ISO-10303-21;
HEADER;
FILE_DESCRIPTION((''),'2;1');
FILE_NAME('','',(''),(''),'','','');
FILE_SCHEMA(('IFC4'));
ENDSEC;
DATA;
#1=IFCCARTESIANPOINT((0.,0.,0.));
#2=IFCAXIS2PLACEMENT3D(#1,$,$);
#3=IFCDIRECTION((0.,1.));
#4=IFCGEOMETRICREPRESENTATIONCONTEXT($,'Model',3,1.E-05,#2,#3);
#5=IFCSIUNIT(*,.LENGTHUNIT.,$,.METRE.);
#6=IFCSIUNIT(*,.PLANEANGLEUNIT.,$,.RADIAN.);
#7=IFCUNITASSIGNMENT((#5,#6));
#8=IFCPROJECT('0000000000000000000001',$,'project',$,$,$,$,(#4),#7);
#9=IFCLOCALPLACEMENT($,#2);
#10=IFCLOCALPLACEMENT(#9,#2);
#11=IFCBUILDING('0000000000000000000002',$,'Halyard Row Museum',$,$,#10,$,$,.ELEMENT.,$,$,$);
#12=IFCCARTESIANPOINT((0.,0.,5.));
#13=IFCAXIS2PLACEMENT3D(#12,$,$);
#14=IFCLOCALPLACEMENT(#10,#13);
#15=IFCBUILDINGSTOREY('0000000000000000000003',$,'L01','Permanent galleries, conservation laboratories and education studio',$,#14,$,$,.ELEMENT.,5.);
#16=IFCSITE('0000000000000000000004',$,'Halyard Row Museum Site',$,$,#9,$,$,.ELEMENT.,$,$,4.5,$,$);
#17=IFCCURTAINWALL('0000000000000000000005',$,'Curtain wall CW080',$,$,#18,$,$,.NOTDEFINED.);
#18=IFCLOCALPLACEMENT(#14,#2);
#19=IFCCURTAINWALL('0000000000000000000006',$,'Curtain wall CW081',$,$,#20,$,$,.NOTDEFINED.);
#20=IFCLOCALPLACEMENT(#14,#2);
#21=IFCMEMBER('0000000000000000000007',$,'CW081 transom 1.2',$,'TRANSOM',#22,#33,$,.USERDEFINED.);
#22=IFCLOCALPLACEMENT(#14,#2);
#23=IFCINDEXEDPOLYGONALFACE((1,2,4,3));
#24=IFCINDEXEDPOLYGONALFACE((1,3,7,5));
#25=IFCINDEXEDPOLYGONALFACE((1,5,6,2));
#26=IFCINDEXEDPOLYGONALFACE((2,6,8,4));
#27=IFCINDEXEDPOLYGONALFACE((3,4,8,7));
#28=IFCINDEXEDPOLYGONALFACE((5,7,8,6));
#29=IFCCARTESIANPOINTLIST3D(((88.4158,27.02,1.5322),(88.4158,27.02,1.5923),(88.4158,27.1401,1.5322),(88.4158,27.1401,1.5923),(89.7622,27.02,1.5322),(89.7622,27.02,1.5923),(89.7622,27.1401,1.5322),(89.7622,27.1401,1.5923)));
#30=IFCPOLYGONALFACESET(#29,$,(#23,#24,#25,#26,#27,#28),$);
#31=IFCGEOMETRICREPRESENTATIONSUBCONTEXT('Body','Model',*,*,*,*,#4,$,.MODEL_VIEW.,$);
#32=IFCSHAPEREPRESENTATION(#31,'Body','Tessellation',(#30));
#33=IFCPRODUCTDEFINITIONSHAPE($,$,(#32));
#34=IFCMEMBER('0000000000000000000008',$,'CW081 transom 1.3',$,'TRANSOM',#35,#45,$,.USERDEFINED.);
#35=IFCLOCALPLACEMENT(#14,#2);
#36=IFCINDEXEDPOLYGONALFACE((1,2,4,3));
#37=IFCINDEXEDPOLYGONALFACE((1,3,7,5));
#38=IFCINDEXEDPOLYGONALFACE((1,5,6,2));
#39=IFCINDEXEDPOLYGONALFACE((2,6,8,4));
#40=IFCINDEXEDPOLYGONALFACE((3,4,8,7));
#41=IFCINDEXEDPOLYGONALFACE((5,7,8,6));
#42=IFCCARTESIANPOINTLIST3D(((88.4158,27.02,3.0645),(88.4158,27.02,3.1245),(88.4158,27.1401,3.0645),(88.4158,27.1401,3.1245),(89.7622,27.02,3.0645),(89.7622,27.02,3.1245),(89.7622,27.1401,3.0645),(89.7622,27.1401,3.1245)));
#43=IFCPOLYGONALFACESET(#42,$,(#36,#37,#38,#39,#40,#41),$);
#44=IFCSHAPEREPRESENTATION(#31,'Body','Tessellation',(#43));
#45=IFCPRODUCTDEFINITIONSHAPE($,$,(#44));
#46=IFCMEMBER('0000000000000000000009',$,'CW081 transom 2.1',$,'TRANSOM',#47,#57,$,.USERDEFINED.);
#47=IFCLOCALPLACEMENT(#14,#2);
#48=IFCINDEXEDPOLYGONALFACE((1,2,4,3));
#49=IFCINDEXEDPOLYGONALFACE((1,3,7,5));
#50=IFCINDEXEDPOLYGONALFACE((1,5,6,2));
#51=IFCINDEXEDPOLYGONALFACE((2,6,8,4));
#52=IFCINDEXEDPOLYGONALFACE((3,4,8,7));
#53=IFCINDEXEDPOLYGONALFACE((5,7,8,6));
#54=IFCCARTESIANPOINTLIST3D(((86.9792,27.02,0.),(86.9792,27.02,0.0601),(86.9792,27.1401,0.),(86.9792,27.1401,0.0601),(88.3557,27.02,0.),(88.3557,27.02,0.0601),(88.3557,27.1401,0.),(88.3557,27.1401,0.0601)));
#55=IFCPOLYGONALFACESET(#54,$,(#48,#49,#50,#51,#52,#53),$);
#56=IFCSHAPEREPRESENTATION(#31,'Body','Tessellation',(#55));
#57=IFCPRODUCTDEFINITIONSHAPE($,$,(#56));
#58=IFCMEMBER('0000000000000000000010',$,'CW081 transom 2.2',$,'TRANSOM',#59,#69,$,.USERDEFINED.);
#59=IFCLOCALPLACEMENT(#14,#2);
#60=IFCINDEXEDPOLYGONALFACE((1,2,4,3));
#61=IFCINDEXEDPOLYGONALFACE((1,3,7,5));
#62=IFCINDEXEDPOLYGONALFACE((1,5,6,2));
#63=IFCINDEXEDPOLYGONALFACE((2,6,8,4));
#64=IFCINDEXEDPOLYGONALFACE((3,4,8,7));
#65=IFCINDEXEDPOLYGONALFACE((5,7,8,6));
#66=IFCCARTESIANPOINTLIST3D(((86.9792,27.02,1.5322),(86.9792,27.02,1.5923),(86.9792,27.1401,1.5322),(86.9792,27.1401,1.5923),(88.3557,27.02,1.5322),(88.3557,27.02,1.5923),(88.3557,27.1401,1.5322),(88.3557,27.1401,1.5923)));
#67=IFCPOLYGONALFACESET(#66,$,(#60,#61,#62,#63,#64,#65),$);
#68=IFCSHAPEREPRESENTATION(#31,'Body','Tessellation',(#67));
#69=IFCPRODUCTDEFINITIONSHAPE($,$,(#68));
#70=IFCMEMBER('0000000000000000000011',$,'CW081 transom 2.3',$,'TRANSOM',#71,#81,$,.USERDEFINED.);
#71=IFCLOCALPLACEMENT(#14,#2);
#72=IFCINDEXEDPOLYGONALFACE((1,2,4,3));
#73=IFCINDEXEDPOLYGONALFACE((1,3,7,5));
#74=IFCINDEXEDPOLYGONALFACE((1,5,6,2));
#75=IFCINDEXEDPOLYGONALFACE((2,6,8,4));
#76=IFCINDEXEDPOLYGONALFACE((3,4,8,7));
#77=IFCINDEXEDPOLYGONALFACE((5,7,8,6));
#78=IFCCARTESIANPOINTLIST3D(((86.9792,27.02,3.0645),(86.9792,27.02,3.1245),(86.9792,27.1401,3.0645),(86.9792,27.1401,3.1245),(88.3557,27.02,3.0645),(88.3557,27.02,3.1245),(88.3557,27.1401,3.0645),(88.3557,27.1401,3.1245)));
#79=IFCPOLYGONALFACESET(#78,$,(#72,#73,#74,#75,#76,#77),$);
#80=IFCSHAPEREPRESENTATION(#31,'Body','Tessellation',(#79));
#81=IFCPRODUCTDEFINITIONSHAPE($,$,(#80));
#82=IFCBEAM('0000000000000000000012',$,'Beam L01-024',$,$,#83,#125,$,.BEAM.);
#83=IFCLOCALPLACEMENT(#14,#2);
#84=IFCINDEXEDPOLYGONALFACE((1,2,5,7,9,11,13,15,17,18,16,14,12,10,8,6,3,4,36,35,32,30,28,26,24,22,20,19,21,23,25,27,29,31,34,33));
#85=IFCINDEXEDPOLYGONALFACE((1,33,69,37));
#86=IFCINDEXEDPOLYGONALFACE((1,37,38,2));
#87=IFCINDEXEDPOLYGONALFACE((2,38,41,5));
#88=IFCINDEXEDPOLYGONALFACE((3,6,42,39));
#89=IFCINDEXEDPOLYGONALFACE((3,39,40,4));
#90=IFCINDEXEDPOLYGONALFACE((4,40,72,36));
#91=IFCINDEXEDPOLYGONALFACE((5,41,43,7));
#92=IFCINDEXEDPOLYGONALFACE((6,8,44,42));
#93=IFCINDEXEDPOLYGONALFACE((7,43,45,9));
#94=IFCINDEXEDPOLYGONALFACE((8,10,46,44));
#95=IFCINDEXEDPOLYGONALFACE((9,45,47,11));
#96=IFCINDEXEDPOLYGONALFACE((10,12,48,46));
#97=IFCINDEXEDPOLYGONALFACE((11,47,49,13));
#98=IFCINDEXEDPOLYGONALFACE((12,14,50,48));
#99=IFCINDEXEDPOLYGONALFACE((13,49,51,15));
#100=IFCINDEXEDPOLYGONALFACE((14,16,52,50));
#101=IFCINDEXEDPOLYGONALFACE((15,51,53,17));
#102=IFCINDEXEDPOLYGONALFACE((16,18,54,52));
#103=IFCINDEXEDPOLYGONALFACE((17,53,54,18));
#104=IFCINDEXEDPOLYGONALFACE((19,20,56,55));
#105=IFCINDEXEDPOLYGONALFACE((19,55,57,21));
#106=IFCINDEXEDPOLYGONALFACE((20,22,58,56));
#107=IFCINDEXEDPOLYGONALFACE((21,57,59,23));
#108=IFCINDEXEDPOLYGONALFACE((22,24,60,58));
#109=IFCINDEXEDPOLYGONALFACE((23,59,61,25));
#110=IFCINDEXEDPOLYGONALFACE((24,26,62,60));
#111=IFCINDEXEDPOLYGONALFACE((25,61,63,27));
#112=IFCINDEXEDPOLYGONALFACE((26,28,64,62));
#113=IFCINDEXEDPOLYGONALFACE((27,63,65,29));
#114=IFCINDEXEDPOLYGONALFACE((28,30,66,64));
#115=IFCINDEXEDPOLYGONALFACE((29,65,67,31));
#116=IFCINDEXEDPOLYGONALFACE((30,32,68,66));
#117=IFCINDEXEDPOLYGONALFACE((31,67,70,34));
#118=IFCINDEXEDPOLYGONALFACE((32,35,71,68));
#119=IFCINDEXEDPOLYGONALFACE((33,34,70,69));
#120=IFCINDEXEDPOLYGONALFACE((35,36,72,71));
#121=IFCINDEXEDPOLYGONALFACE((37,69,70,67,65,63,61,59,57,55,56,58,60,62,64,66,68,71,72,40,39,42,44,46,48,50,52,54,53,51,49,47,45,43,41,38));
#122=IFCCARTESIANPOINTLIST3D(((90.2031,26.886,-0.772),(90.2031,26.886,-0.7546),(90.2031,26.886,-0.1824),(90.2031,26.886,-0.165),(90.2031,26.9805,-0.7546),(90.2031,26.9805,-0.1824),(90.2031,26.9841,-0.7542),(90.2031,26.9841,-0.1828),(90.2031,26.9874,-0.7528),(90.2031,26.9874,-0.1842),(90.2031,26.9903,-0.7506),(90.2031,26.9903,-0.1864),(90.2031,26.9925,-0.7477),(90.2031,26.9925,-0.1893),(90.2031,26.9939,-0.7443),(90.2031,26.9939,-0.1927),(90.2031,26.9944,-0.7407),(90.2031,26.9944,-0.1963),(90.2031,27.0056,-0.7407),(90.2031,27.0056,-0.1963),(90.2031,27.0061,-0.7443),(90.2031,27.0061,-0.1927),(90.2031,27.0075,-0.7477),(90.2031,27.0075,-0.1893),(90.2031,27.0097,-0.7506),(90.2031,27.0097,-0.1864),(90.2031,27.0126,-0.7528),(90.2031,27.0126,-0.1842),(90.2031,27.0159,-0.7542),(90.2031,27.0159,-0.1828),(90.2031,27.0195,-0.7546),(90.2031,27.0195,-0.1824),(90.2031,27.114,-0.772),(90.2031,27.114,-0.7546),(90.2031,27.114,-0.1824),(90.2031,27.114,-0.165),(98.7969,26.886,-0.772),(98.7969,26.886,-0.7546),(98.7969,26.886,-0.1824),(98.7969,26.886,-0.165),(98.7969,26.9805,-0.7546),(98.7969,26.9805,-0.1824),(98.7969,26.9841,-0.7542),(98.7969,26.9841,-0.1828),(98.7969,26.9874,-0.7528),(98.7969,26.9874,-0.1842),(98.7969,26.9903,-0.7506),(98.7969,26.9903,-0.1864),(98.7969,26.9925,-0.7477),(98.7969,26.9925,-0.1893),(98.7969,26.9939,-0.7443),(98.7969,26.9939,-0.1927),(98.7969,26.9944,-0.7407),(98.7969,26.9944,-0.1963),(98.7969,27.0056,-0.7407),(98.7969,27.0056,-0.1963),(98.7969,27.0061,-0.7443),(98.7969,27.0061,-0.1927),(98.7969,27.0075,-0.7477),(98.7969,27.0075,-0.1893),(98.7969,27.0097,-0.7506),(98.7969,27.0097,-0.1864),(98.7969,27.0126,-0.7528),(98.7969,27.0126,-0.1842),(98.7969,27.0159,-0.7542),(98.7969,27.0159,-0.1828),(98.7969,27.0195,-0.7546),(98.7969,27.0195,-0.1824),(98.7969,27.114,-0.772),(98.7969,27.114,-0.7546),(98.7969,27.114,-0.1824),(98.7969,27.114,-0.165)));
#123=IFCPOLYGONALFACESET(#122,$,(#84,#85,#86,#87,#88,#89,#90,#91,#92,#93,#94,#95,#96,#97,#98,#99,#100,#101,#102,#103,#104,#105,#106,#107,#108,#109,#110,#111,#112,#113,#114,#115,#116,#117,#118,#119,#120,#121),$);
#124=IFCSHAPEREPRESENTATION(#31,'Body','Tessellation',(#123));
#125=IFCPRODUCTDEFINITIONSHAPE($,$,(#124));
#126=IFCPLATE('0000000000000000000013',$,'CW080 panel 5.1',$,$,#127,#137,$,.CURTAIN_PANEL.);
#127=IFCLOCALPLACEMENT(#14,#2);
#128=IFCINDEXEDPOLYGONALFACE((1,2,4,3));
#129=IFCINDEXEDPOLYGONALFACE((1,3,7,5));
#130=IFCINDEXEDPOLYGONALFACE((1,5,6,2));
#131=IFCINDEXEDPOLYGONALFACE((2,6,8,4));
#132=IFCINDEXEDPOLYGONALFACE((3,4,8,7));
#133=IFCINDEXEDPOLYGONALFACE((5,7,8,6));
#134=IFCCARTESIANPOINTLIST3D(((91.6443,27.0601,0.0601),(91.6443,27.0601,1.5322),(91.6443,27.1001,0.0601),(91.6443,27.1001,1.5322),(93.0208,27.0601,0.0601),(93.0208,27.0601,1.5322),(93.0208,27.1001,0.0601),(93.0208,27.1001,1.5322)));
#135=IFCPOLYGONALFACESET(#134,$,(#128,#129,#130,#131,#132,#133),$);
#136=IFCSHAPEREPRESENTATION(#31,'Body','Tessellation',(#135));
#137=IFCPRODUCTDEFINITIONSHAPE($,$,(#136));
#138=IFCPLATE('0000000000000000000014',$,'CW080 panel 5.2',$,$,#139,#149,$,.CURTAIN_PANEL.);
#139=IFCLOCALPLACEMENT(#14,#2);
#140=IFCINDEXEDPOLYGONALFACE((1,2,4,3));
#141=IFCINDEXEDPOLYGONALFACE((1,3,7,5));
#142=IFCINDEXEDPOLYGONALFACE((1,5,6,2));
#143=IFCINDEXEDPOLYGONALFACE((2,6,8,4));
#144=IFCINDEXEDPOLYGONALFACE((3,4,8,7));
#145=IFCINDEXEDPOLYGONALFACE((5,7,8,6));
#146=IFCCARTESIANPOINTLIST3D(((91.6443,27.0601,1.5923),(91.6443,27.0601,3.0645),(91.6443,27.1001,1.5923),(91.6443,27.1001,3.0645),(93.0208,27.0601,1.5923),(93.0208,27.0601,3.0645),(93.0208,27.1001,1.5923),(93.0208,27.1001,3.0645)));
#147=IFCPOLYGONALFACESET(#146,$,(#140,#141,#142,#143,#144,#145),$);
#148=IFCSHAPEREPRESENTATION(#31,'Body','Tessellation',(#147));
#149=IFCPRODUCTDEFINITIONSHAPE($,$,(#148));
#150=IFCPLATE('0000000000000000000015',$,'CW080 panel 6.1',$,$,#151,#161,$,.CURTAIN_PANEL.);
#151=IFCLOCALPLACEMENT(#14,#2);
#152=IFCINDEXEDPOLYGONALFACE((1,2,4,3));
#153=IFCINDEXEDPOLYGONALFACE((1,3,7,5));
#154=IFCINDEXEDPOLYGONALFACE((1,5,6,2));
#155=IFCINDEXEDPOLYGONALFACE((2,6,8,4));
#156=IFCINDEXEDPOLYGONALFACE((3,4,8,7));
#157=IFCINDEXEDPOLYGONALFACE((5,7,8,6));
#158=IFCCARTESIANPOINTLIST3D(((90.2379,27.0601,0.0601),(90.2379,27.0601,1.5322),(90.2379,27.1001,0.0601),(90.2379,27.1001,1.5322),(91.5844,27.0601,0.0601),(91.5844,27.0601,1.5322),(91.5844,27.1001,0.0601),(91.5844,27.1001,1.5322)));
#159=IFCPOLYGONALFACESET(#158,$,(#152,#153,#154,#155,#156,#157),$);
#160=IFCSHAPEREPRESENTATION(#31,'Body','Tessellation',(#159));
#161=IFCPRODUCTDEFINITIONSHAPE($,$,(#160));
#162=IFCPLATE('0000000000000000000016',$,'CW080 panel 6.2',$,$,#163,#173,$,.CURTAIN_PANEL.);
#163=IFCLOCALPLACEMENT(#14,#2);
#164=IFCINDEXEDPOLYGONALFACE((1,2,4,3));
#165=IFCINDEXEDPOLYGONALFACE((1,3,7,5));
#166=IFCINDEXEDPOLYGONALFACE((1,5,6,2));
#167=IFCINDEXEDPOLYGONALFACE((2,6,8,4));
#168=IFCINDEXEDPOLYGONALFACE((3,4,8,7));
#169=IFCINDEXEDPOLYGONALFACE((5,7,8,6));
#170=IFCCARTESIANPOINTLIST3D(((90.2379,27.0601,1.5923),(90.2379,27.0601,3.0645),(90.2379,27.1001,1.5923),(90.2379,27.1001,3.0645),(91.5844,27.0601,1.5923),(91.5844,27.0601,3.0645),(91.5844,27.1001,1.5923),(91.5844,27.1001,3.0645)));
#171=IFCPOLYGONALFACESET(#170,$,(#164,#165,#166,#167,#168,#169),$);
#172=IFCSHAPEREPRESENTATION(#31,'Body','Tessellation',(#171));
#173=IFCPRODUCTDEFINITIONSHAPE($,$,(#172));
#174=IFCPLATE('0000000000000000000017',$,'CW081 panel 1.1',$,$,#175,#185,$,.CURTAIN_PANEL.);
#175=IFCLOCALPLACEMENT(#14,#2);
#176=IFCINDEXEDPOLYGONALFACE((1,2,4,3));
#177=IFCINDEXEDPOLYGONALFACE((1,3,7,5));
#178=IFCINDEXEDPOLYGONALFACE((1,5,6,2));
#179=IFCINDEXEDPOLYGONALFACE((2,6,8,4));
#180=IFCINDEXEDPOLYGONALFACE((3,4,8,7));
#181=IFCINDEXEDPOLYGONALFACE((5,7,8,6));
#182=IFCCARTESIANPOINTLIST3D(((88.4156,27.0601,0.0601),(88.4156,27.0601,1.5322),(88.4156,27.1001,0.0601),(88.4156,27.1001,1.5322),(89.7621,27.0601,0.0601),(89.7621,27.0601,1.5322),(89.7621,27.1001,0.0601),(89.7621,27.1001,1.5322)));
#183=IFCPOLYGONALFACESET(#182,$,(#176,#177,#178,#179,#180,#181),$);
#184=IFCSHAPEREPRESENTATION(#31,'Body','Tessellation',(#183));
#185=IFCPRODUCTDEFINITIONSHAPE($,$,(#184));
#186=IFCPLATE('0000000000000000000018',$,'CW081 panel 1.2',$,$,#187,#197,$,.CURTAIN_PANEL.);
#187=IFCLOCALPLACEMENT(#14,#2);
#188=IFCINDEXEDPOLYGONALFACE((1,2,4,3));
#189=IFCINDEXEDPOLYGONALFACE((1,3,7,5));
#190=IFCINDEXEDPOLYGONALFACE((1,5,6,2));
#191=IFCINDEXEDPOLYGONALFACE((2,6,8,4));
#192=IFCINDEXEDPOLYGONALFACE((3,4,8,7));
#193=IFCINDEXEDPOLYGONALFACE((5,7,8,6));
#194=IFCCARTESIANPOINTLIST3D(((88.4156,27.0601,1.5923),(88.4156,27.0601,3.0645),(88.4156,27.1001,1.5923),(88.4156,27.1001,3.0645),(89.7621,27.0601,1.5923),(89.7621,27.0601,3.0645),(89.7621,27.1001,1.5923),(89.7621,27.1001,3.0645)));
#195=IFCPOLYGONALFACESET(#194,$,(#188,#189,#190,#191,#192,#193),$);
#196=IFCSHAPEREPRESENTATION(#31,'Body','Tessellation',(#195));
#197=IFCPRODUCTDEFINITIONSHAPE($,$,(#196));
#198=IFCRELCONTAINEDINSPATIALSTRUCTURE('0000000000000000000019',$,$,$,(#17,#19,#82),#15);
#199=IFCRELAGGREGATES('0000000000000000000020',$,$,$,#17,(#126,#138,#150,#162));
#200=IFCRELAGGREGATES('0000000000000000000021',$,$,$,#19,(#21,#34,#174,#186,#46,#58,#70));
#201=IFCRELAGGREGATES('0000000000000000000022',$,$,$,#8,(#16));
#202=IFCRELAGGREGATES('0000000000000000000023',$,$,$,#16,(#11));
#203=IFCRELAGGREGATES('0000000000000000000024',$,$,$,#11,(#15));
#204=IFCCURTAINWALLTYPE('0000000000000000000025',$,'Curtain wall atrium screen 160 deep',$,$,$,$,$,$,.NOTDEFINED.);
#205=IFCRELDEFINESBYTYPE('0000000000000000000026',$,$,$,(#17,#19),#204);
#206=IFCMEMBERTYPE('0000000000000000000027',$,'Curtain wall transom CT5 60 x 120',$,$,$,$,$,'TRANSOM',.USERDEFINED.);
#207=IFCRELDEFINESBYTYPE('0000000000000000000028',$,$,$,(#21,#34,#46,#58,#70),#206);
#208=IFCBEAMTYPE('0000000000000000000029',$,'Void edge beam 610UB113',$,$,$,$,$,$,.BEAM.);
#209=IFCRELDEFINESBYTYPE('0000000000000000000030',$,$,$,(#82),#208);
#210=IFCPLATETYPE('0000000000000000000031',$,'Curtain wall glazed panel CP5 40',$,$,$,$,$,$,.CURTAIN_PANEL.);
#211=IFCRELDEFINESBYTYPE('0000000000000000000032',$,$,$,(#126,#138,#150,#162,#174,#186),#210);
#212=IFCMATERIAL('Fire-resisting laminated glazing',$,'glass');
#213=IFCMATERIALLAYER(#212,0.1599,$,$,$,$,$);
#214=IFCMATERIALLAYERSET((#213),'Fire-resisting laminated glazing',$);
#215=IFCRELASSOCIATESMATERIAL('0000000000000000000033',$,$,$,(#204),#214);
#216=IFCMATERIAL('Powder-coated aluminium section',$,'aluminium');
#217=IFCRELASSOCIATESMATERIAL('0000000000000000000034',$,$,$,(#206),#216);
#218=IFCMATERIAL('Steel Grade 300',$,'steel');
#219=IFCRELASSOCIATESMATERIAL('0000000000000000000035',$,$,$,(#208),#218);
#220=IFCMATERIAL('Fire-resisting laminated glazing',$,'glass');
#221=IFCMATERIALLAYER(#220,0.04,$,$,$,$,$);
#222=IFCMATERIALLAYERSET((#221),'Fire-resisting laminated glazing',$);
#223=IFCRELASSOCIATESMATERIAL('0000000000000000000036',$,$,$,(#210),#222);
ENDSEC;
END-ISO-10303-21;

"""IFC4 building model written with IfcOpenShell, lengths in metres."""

from ifc_helpers import new_model, si_unit, direction, frame, origin, origin_2d, place, context, subcontext, project, spatial, rectangle, i_section, extrude, material, layer, layer_set, material_profile, profile_set, type_object, element, aggregate, save


model = new_model("IFC4")

# Units and contexts
model_context = context("Model", 3, precision=1e-05, world=origin(), true_north=direction((0.0, 1.0)))
body_context = subcontext(model_context, "Body", "Model", "MODEL_VIEW")
ifc_project = project(units=[si_unit("LENGTHUNIT", "METRE"), si_unit("PLANEANGLEUNIT", "RADIAN")], contexts=[model_context])

# Site, building, storey
site_placement = place(None, origin())
site = spatial("IfcSite", under=ifc_project, at=site_placement, Name="Halyard Row Museum Site", CompositionType="ELEMENT", RefElevation=4.5)
building_placement = place(site_placement, origin())
building = spatial("IfcBuilding", under=site, at=building_placement, Name="Halyard Row Museum", CompositionType="ELEMENT")
storey_placement = place(building_placement, frame((0.0, 0.0, 5.0)))
storey = spatial("IfcBuildingStorey", under=building, at=storey_placement, Name="L01", Description="Permanent galleries, conservation laboratories and education studio", CompositionType="ELEMENT", Elevation=5.0)

# Curtain walls
ifc_material_1 = material(Name="Fire-resisting laminated glazing", Category="glass")
ifc_layer_1 = layer(ifc_material_1, 0.1599)
ifc_layer_set_1 = layer_set([ifc_layer_1], Name="Fire-resisting laminated glazing")
curtain_wall_type = type_object("IfcCurtainWallType", Name="Curtain wall atrium screen 160 deep", PredefinedType="NOTDEFINED", material=ifc_layer_set_1)
curtain_wall_1_placement = place(storey_placement, origin())
curtain_wall_1 = element("IfcCurtainWall", 1, at=curtain_wall_1_placement, inside=storey, type_object=curtain_wall_type, Name="Curtain wall CW080", PredefinedType="NOTDEFINED")
curtain_wall_2_placement = place(storey_placement, origin())
curtain_wall_2 = element("IfcCurtainWall", 2, at=curtain_wall_2_placement, inside=storey, type_object=curtain_wall_type, Name="Curtain wall CW081", PredefinedType="NOTDEFINED")

# Members
ifc_material_2 = material(Name="Powder-coated aluminium section", Category="aluminium")
ifc_material_profile_1 = material_profile(ifc_material_2, rectangle(XDim=0.1201, YDim=0.0601, at=origin_2d()), Name="120x60 transom")
ifc_profile_set_1 = profile_set([ifc_material_profile_1], Name="Powder-coated aluminium section")
member_type_1 = type_object("IfcMemberType", Name="Curtain wall transom CT5 60 x 120", ElementType="TRANSOM", PredefinedType="USERDEFINED", material=ifc_profile_set_1)
member_1_placement = place(storey_placement, frame((89.7622, 27.0801, 1.5623), z_axis=(-1.0, 0.0, 0.0), x_axis=(0.0, -1.0, 0.0)))
member_1 = element("IfcMember", 3, at=member_1_placement, type_object=member_type_1, Name="CW081 transom 1.2", ObjectType="TRANSOM", PredefinedType="USERDEFINED", context=body_context, shape_type="SweptSolid", body=[
    extrude(rectangle(XDim=0.1201, YDim=0.0601, at=origin_2d()), origin(), (0.0, 0.0, 1.0), 1.3464),
])
member_2_placement = place(storey_placement, frame((89.7622, 27.0801, 3.0945), z_axis=(-1.0, 0.0, 0.0), x_axis=(0.0, -1.0, 0.0)))
member_2 = element("IfcMember", 4, at=member_2_placement, type_object=member_type_1, Name="CW081 transom 1.3", ObjectType="TRANSOM", PredefinedType="USERDEFINED", context=body_context, shape_type="SweptSolid", body=[
    extrude(rectangle(XDim=0.1201, YDim=0.0601, at=origin_2d()), origin(), (0.0, 0.0, 1.0), 1.3464),
])
member_3_placement = place(storey_placement, frame((88.3557, 27.0801, 0.03), z_axis=(-1.0, 0.0, 0.0), x_axis=(0.0, -1.0, 0.0)))
member_3 = element("IfcMember", 5, at=member_3_placement, type_object=member_type_1, Name="CW081 transom 2.1", ObjectType="TRANSOM", PredefinedType="USERDEFINED", context=body_context, shape_type="SweptSolid", body=[
    extrude(rectangle(XDim=0.1201, YDim=0.0601, at=origin_2d()), origin(), (0.0, 0.0, 1.0), 1.3765),
])
member_4_placement = place(storey_placement, frame((88.3557, 27.0801, 1.5623), z_axis=(-1.0, 0.0, 0.0), x_axis=(0.0, -1.0, 0.0)))
member_4 = element("IfcMember", 6, at=member_4_placement, type_object=member_type_1, Name="CW081 transom 2.2", ObjectType="TRANSOM", PredefinedType="USERDEFINED", context=body_context, shape_type="SweptSolid", body=[
    extrude(rectangle(XDim=0.1201, YDim=0.0601, at=origin_2d()), origin(), (0.0, 0.0, 1.0), 1.3765),
])
member_5_placement = place(storey_placement, frame((88.3557, 27.0801, 3.0945), z_axis=(-1.0, 0.0, 0.0), x_axis=(0.0, -1.0, 0.0)))
member_5 = element("IfcMember", 7, at=member_5_placement, type_object=member_type_1, Name="CW081 transom 2.3", ObjectType="TRANSOM", PredefinedType="USERDEFINED", context=body_context, shape_type="SweptSolid", body=[
    extrude(rectangle(XDim=0.1201, YDim=0.0601, at=origin_2d()), origin(), (0.0, 0.0, 1.0), 1.3765),
])

# Beam
ifc_material_3 = material(Name="Steel Grade 300", Category="steel")
ifc_material_profile_2 = material_profile(ifc_material_3, i_section(OverallWidth=0.228, OverallDepth=0.6069, WebThickness=0.0112, FlangeThickness=0.0173, FilletRadius=0.0139, at=origin_2d()), Name="610UB113")
ifc_profile_set_2 = profile_set([ifc_material_profile_2], Name="Steel Grade 300")
beam_type = type_object("IfcBeamType", Name="Void edge beam 610UB113", PredefinedType="BEAM", material=ifc_profile_set_2)
beam_placement = place(storey_placement, frame((90.2031, 27.0, -0.4685), z_axis=(1.0, 0.0, 0.0), x_axis=(0.0, 1.0, 0.0)))
element("IfcBeam", 8, at=beam_placement, inside=storey, type_object=beam_type, Name="Beam L01-024", PredefinedType="BEAM", context=body_context, shape_type="SweptSolid", body=[
    extrude(i_section(OverallWidth=0.228, OverallDepth=0.6069, WebThickness=0.0112, FlangeThickness=0.0173, FilletRadius=0.0139, at=origin_2d()), origin(), (0.0, 0.0, 1.0), 8.5938),
])

# Plates
ifc_material_4 = material(Name="Fire-resisting laminated glazing", Category="glass")
ifc_layer_2 = layer(ifc_material_4, 0.04)
ifc_layer_set_2 = layer_set([ifc_layer_2], Name="Fire-resisting laminated glazing")
plate_type = type_object("IfcPlateType", Name="Curtain wall glazed panel CP5 40", PredefinedType="CURTAIN_PANEL", material=ifc_layer_set_2)
plate_1_placement = place(storey_placement, frame((92.3325, 27.0801, 0.0601), z_axis=(0.0, 0.0, 1.0), x_axis=(-1.0, 0.0, 0.0)))
plate_1 = element("IfcPlate", 9, at=plate_1_placement, type_object=plate_type, Name="CW080 panel 5.1", PredefinedType="CURTAIN_PANEL", context=body_context, shape_type="SweptSolid", body=[
    extrude(rectangle(XDim=1.3765, YDim=0.04, at=origin_2d()), origin(), (0.0, 0.0, 1.0), 1.4722),
])
plate_2_placement = place(storey_placement, frame((92.3325, 27.0801, 1.5923), z_axis=(0.0, 0.0, 1.0), x_axis=(-1.0, 0.0, 0.0)))
plate_2 = element("IfcPlate", 10, at=plate_2_placement, type_object=plate_type, Name="CW080 panel 5.2", PredefinedType="CURTAIN_PANEL", context=body_context, shape_type="SweptSolid", body=[
    extrude(rectangle(XDim=1.3765, YDim=0.04, at=origin_2d()), origin(), (0.0, 0.0, 1.0), 1.4722),
])
plate_3_placement = place(storey_placement, frame((90.9111, 27.0801, 0.0601), z_axis=(0.0, 0.0, 1.0), x_axis=(-1.0, 0.0, 0.0)))
plate_3 = element("IfcPlate", 11, at=plate_3_placement, type_object=plate_type, Name="CW080 panel 6.1", PredefinedType="CURTAIN_PANEL", context=body_context, shape_type="SweptSolid", body=[
    extrude(rectangle(XDim=1.3464, YDim=0.04, at=origin_2d()), origin(), (0.0, 0.0, 1.0), 1.4722),
])
plate_4_placement = place(storey_placement, frame((90.9111, 27.0801, 1.5923), z_axis=(0.0, 0.0, 1.0), x_axis=(-1.0, 0.0, 0.0)))
plate_4 = element("IfcPlate", 12, at=plate_4_placement, type_object=plate_type, Name="CW080 panel 6.2", PredefinedType="CURTAIN_PANEL", context=body_context, shape_type="SweptSolid", body=[
    extrude(rectangle(XDim=1.3464, YDim=0.04, at=origin_2d()), origin(), (0.0, 0.0, 1.0), 1.4722),
])
aggregate(curtain_wall_1, [plate_1, plate_2, plate_3, plate_4])
plate_5_placement = place(storey_placement, frame((89.0889, 27.0801, 0.0601), z_axis=(0.0, 0.0, 1.0), x_axis=(-1.0, 0.0, 0.0)))
plate_5 = element("IfcPlate", 13, at=plate_5_placement, type_object=plate_type, Name="CW081 panel 1.1", PredefinedType="CURTAIN_PANEL", context=body_context, shape_type="SweptSolid", body=[
    extrude(rectangle(XDim=1.3464, YDim=0.04, at=origin_2d()), origin(), (0.0, 0.0, 1.0), 1.4722),
])
plate_6_placement = place(storey_placement, frame((89.0889, 27.0801, 1.5923), z_axis=(0.0, 0.0, 1.0), x_axis=(-1.0, 0.0, 0.0)))
plate_6 = element("IfcPlate", 14, at=plate_6_placement, type_object=plate_type, Name="CW081 panel 1.2", PredefinedType="CURTAIN_PANEL", context=body_context, shape_type="SweptSolid", body=[
    extrude(rectangle(XDim=1.3464, YDim=0.04, at=origin_2d()), origin(), (0.0, 0.0, 1.0), 1.4722),
])
aggregate(curtain_wall_2, [member_1, member_2, plate_5, plate_6, member_3, member_4, member_5])

save(model, "model.ifc")
